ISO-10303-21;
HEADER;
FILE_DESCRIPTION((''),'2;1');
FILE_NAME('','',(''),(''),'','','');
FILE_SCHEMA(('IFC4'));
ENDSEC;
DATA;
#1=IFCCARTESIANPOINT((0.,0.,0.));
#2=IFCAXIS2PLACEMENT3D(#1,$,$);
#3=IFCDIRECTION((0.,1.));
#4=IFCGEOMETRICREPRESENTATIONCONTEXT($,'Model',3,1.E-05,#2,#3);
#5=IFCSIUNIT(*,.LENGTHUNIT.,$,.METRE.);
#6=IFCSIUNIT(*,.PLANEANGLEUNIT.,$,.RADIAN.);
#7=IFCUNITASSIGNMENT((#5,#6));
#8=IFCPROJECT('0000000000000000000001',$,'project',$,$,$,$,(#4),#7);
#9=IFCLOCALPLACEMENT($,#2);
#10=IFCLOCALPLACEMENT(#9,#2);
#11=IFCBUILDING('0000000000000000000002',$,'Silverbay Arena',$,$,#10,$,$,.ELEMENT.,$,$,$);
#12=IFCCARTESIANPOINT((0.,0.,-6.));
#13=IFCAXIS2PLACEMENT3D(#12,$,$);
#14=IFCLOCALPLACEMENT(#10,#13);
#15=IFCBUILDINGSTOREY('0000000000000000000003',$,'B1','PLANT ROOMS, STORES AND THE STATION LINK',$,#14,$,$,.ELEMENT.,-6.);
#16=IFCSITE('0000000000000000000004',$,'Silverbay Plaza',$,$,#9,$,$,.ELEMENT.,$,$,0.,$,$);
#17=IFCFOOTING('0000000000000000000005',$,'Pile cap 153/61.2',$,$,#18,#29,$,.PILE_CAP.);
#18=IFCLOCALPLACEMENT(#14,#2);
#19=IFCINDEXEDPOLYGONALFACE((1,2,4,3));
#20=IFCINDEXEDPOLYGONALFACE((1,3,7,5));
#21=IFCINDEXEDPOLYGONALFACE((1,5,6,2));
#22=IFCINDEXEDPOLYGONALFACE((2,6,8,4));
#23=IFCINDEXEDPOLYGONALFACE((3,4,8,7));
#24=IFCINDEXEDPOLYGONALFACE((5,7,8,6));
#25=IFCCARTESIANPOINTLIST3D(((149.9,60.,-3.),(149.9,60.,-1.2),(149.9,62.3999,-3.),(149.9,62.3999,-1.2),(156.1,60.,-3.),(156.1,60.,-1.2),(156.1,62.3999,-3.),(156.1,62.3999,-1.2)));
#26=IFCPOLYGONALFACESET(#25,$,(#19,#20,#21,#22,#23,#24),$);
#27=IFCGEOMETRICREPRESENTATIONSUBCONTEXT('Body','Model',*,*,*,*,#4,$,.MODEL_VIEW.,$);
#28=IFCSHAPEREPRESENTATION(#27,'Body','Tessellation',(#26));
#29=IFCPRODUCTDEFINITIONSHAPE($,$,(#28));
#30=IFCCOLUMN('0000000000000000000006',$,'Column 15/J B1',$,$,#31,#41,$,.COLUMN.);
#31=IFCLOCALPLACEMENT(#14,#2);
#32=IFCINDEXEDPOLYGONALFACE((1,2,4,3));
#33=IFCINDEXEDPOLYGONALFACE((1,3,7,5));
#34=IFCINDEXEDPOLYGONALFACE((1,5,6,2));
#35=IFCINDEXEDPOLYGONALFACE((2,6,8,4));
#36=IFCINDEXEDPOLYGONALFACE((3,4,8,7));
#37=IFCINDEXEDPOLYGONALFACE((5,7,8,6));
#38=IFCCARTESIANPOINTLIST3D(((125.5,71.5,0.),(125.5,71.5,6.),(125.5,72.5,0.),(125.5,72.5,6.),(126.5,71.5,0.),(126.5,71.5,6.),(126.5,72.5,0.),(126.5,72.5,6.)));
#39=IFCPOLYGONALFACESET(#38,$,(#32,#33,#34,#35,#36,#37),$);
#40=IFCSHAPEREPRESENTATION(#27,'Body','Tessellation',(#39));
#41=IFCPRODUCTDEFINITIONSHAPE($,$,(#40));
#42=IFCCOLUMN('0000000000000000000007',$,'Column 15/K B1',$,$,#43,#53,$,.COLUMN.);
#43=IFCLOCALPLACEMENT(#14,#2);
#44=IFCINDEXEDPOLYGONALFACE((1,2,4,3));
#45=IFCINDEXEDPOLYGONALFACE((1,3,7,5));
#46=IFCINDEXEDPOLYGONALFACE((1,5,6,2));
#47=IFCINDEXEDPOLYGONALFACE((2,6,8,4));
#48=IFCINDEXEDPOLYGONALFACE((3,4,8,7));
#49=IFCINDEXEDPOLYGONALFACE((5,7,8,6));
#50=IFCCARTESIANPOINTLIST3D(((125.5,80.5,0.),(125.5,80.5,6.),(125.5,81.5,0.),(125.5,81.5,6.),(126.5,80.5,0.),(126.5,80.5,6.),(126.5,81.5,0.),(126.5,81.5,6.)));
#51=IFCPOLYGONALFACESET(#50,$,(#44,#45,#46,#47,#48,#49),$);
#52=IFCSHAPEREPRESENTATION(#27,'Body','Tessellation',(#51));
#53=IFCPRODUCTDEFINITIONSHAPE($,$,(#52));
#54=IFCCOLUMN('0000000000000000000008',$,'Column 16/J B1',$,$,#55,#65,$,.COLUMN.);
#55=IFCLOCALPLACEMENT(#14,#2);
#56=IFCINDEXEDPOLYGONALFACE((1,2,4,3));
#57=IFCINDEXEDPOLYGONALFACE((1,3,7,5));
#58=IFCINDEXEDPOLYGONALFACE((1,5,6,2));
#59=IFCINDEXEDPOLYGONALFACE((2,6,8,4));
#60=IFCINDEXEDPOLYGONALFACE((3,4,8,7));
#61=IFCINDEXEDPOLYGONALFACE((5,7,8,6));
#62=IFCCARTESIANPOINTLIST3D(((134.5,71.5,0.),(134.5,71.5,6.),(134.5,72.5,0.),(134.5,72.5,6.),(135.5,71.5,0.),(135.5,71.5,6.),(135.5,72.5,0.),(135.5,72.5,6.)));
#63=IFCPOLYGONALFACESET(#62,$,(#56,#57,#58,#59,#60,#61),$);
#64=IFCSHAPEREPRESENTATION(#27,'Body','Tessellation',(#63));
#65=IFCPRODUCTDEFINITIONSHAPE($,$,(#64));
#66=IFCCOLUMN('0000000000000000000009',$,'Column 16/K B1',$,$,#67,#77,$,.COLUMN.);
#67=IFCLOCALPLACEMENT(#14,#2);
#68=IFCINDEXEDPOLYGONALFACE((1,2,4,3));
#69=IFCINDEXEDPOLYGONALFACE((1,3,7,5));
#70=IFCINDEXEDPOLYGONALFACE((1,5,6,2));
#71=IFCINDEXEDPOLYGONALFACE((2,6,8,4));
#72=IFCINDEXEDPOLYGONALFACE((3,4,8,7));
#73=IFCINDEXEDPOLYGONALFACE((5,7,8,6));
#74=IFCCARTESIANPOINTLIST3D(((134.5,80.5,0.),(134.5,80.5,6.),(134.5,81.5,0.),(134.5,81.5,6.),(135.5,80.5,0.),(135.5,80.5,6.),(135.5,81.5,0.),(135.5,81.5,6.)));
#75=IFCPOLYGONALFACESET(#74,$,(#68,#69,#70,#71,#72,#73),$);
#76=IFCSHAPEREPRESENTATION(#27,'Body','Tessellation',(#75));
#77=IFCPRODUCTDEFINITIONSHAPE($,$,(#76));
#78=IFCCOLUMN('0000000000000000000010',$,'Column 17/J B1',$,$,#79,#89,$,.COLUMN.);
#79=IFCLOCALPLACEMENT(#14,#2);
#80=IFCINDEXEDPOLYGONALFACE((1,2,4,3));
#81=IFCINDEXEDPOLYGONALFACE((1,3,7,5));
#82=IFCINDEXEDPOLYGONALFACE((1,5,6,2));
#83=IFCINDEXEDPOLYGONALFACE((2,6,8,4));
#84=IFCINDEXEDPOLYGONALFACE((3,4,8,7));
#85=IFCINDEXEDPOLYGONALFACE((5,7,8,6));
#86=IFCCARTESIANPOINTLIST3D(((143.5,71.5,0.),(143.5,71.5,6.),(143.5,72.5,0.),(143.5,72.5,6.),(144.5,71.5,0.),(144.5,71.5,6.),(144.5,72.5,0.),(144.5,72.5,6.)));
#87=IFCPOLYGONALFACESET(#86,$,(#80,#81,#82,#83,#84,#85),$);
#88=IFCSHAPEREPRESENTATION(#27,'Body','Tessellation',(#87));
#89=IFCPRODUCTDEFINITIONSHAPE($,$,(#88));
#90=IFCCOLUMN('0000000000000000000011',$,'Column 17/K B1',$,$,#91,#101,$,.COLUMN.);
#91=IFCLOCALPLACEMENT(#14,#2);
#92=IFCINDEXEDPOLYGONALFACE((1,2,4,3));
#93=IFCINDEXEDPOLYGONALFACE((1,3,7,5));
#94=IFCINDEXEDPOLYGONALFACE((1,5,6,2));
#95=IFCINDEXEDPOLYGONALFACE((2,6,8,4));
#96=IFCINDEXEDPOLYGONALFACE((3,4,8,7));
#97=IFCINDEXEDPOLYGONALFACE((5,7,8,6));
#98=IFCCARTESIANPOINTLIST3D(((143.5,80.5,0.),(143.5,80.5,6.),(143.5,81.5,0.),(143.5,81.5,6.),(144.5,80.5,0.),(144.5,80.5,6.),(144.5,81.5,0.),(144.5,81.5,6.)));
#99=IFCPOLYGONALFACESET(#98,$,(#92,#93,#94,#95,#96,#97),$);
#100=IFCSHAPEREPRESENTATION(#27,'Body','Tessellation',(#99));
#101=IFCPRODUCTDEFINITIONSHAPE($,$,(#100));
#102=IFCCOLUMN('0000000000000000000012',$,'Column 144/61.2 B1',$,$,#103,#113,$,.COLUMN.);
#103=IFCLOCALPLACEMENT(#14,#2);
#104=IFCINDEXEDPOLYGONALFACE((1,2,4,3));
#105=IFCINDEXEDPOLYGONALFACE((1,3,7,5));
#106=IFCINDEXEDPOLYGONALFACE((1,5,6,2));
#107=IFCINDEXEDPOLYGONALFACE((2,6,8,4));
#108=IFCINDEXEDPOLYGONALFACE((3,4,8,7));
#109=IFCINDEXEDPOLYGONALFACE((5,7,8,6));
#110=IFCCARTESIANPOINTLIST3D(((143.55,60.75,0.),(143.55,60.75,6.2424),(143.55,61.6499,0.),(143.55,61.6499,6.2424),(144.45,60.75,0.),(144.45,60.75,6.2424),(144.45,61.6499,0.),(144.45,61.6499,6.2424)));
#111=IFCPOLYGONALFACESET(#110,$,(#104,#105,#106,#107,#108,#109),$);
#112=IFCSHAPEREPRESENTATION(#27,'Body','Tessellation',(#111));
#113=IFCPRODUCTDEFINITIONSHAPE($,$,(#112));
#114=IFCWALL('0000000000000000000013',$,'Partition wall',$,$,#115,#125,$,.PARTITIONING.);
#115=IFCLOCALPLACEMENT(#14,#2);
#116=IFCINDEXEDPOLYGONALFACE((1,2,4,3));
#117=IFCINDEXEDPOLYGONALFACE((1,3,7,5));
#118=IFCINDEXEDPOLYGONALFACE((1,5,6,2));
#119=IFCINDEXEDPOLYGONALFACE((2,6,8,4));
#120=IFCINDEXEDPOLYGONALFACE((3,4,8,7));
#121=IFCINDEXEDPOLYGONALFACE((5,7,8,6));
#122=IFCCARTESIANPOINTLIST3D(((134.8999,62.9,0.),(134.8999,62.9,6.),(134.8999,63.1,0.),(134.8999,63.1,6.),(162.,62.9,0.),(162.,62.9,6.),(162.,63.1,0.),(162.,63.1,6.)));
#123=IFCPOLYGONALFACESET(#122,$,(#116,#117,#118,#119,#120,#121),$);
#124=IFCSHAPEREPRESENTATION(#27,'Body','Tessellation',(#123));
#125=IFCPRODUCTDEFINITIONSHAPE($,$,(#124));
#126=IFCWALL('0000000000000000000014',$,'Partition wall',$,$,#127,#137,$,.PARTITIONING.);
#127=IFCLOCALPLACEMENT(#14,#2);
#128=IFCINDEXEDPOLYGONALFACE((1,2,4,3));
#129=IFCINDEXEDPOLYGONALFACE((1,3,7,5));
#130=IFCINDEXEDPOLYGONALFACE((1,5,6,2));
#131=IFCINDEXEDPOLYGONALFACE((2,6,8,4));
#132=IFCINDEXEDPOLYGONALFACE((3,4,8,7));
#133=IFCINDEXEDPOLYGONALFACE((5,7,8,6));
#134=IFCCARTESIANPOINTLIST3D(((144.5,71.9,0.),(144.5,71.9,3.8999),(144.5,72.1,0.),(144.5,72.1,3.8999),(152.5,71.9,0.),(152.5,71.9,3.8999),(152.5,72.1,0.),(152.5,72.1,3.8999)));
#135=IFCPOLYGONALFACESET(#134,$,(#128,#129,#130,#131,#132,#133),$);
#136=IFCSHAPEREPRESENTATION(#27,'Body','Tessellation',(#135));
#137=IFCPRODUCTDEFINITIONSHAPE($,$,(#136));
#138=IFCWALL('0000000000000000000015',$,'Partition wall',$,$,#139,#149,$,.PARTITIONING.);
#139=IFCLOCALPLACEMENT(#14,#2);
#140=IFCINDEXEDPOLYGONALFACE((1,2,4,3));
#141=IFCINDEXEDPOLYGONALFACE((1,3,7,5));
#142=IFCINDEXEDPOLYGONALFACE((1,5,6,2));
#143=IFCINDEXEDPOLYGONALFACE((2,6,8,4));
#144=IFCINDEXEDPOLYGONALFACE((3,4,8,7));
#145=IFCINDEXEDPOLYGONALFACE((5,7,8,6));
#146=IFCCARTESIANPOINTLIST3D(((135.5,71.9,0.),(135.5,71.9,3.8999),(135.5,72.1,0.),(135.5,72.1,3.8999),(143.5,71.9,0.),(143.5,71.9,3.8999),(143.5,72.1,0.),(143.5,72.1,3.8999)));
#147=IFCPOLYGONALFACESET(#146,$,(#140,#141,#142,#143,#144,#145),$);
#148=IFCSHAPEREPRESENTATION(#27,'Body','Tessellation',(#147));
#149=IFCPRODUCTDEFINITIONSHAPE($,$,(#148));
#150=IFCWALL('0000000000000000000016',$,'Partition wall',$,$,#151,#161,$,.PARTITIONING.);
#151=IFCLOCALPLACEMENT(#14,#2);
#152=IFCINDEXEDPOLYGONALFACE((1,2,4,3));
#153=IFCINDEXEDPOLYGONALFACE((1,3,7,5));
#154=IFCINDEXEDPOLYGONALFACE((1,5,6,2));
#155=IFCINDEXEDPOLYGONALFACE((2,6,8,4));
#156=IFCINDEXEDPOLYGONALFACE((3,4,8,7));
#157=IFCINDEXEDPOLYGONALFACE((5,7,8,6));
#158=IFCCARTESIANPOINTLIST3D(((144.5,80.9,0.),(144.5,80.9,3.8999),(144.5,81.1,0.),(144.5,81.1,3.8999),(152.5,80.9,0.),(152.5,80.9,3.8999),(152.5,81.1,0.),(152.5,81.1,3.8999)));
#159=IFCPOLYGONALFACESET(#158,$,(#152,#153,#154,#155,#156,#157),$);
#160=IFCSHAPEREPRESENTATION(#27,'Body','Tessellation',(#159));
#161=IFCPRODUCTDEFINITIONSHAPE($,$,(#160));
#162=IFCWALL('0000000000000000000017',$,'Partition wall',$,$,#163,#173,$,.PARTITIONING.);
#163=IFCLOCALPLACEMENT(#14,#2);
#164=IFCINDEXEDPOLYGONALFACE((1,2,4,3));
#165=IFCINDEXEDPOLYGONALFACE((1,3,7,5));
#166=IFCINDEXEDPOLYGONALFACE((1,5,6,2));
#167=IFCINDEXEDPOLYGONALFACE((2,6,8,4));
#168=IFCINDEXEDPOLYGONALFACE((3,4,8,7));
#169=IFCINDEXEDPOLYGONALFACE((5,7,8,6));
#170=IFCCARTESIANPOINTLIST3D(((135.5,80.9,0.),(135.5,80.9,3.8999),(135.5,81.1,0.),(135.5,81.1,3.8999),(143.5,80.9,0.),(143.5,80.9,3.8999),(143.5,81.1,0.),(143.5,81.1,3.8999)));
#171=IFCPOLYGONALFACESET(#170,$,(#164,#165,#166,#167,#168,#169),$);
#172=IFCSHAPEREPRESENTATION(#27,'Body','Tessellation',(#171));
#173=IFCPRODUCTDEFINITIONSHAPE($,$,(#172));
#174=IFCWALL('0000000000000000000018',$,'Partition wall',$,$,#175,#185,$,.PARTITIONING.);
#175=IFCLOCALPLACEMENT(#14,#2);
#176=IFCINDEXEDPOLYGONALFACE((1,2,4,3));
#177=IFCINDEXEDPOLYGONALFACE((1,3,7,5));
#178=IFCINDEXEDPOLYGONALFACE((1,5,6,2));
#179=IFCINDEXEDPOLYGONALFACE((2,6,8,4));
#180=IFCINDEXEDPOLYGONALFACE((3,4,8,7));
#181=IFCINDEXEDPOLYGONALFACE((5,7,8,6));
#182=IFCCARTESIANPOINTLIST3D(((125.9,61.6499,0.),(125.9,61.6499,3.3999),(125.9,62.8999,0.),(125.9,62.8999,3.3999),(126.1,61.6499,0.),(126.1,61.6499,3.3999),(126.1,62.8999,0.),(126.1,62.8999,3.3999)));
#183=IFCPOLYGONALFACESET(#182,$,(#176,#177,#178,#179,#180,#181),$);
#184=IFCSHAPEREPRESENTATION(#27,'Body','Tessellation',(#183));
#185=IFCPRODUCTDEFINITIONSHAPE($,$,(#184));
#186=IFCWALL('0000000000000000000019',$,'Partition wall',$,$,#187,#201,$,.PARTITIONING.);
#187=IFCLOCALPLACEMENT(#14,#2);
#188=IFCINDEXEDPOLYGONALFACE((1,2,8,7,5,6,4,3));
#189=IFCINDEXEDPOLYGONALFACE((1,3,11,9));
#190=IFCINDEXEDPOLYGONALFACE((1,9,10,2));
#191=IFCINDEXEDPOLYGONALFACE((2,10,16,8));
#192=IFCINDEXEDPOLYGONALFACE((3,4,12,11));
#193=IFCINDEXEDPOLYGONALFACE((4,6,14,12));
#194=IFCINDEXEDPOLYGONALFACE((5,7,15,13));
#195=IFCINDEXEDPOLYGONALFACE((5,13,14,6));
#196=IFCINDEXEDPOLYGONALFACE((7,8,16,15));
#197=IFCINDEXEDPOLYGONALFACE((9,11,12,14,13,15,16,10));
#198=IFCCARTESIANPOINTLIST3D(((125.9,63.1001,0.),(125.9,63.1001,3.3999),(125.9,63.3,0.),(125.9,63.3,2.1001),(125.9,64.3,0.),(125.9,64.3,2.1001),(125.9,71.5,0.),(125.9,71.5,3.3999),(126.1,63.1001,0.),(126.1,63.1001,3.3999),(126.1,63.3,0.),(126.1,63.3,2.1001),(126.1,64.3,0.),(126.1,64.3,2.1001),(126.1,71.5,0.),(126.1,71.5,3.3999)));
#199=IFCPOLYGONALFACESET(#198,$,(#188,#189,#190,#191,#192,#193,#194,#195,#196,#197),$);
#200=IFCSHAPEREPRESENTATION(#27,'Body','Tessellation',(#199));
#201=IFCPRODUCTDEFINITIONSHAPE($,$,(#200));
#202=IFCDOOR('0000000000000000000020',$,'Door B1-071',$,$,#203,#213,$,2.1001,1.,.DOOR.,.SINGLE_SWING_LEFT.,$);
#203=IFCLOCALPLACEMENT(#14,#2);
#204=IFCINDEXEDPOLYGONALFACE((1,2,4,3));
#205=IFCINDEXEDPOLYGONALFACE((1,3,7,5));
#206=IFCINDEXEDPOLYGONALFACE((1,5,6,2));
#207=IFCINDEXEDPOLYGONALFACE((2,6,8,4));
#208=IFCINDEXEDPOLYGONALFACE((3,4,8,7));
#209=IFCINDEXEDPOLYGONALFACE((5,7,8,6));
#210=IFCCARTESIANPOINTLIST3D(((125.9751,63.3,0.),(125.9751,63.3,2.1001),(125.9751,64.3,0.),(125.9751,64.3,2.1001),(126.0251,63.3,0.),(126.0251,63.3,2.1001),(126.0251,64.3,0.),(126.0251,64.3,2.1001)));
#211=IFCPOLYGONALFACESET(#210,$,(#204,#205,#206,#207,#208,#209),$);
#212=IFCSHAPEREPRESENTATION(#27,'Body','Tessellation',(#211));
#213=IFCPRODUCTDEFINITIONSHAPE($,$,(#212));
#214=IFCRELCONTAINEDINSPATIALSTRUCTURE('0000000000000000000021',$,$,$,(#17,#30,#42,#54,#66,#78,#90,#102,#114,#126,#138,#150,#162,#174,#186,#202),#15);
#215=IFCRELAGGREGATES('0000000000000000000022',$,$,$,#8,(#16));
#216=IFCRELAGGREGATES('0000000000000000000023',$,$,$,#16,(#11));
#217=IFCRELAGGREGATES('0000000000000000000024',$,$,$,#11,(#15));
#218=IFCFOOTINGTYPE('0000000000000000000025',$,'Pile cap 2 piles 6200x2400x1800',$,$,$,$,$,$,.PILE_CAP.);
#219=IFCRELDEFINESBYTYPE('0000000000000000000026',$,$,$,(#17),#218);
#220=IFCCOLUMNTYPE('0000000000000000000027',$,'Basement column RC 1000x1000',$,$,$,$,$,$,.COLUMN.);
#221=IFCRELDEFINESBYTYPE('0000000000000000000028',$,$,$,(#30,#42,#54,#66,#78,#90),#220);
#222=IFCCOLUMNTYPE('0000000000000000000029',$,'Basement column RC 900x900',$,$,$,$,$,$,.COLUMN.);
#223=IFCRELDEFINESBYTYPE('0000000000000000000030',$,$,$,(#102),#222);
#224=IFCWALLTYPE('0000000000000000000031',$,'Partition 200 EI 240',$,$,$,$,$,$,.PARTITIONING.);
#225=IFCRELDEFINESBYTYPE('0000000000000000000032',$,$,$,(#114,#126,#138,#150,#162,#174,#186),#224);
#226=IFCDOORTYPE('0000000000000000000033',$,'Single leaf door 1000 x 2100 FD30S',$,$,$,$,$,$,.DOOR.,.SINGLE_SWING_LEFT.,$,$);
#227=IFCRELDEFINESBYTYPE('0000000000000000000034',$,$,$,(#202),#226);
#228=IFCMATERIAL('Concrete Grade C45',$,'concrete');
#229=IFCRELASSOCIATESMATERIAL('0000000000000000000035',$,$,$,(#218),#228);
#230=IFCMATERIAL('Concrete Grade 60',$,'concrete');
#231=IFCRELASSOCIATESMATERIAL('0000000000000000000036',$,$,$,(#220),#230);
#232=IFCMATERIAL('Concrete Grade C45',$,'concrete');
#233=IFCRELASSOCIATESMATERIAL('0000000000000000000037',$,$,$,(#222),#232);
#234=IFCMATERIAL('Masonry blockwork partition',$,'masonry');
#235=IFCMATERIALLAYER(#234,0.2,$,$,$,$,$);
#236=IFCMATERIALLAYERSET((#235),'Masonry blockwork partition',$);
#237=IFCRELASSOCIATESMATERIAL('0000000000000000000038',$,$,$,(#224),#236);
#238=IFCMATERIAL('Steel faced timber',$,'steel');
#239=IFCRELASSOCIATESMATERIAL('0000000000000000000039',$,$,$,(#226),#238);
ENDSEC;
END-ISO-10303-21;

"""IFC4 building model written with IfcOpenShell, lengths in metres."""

from ifc_helpers import new_model, si_unit, direction, frame, frame_2d, origin, origin_2d, place, context, subcontext, project, spatial, rectangle, extrude, material, layer, layer_set, material_profile, profile_set, type_object, element, fill, save


model = new_model("IFC4")

# Units and contexts
model_context = context("Model", 3, precision=1e-05, world=origin(), true_north=direction((0.0, 1.0)))
body_context = subcontext(model_context, "Body", "Model", "MODEL_VIEW")
ifc_project = project(units=[si_unit("LENGTHUNIT", "METRE"), si_unit("PLANEANGLEUNIT", "RADIAN")], contexts=[model_context])

# Site, building, storey
site_placement = place(None, origin())
site = spatial("IfcSite", under=ifc_project, at=site_placement, Name="Silverbay Plaza", CompositionType="ELEMENT", RefElevation=0.0)
building_placement = place(site_placement, origin())
building = spatial("IfcBuilding", under=site, at=building_placement, Name="Silverbay Arena", CompositionType="ELEMENT")
storey_placement = place(building_placement, frame((0.0, 0.0, -6.0)))
storey = spatial("IfcBuildingStorey", under=building, at=storey_placement, Name="B1", Description="PLANT ROOMS, STORES AND THE STATION LINK", CompositionType="ELEMENT", Elevation=-6.0)

# Footing
ifc_material_1 = material(Name="Concrete Grade C45", Category="concrete")
footing_type_1 = type_object("IfcFootingType", Name="Pile cap 2 piles 6200x2400x1800", PredefinedType="PILE_CAP", material=ifc_material_1)
footing_placement = place(storey_placement, frame((153.0, 61.2, -3.0), z_axis=(0.0, 0.0, 1.0), x_axis=(1.0, 0.0, 0.0)))
element("IfcFooting", 1, at=footing_placement, inside=storey, type_object=footing_type_1, Name="Pile cap 153/61.2", PredefinedType="PILE_CAP", context=body_context, shape_type="SweptSolid", body=[
    extrude(rectangle(XDim=6.2, YDim=2.3999, at=origin_2d()), origin(), (0.0, 0.0, 1.0), 1.8),
])

# Columns
ifc_material_2 = material(Name="Concrete Grade 60", Category="concrete")
ifc_material_profile_1 = material_profile(ifc_material_2, rectangle(XDim=1.0, YDim=1.0, at=origin_2d()), Name="RC 1000x1000")
ifc_profile_set_1 = profile_set([ifc_material_profile_1], Name="Concrete Grade 60")
column_type_1 = type_object("IfcColumnType", Name="Basement column RC 1000x1000", PredefinedType="COLUMN", material=ifc_profile_set_1)
for number, where, z_axis, x_axis, name in (
    (2, (126.0, 72.0, 0.0), (0.0, 0.0, 1.0), (1.0, 0.0, 0.0), "Column 15/J B1"),
    (3, (126.0, 81.0, 0.0), (0.0, 0.0, 1.0), (1.0, 0.0, 0.0), "Column 15/K B1"),
    (4, (135.0, 72.0, 0.0), (0.0, 0.0, 1.0), (1.0, 0.0, 0.0), "Column 16/J B1"),
    (5, (135.0, 81.0, 0.0), (0.0, 0.0, 1.0), (1.0, 0.0, 0.0), "Column 16/K B1"),
    (6, (144.0, 72.0, 0.0), (0.0, 0.0, 1.0), (1.0, 0.0, 0.0), "Column 17/J B1"),
    (7, (144.0, 81.0, 0.0), (0.0, 0.0, 1.0), (1.0, 0.0, 0.0), "Column 17/K B1"),
):
    element("IfcColumn", number, at=place(storey_placement, frame(where, z_axis=z_axis, x_axis=x_axis)), inside=storey, type_object=column_type_1, Name=name, PredefinedType="COLUMN", context=body_context, shape_type="SweptSolid", body=[
        extrude(rectangle(XDim=1.0, YDim=1.0, at=origin_2d()), origin(), (0.0, 0.0, 1.0), 6.0),
    ])
ifc_material_3 = material(Name="Concrete Grade C45", Category="concrete")
ifc_material_profile_2 = material_profile(ifc_material_3, rectangle(XDim=0.8999, YDim=0.8999, at=origin_2d()), Name="RC 900x900")
ifc_profile_set_2 = profile_set([ifc_material_profile_2], Name="Concrete Grade C45")
column_type_2 = type_object("IfcColumnType", Name="Basement column RC 900x900", PredefinedType="COLUMN", material=ifc_profile_set_2)
column_placement = place(storey_placement, frame((144.0, 61.2, 0.0), z_axis=(0.0, 0.0, 1.0), x_axis=(1.0, 0.0, 0.0)))
element("IfcColumn", 8, at=column_placement, inside=storey, type_object=column_type_2, Name="Column 144/61.2 B1", PredefinedType="COLUMN", context=body_context, shape_type="SweptSolid", body=[
    extrude(rectangle(XDim=0.8999, YDim=0.8999, at=origin_2d()), origin(), (0.0, 0.0, 1.0), 6.2424),
])

# Walls
ifc_material_4 = material(Name="Masonry blockwork partition", Category="masonry")
ifc_layer = layer(ifc_material_4, 0.2)
ifc_layer_set = layer_set([ifc_layer], Name="Masonry blockwork partition")
wall_type = type_object("IfcWallType", Name="Partition 200 EI 240", PredefinedType="PARTITIONING", material=ifc_layer_set)
wall_1_placement = place(storey_placement, frame((134.8999, 63.0, 0.0), z_axis=(0.0, 0.0, 1.0), x_axis=(1.0, 0.0, 0.0)))
element("IfcWall", 9, at=wall_1_placement, inside=storey, type_object=wall_type, Name="Partition wall", PredefinedType="PARTITIONING", context=body_context, shape_type="SweptSolid", body=[
    extrude(rectangle(XDim=27.1001, YDim=0.2, at=frame_2d((13.55, 0.0))), origin(), (0.0, 0.0, 1.0), 6.0),
])
for number, where, z_axis, x_axis, name in (
    (10, (144.5, 72.0, 0.0), (0.0, 0.0, 1.0), (1.0, 0.0, 0.0), "Partition wall"),
    (11, (135.5, 72.0, 0.0), (0.0, 0.0, 1.0), (1.0, 0.0, 0.0), "Partition wall"),
    (12, (144.5, 81.0, 0.0), (0.0, 0.0, 1.0), (1.0, 0.0, 0.0), "Partition wall"),
    (13, (135.5, 81.0, 0.0), (0.0, 0.0, 1.0), (1.0, 0.0, 0.0), "Partition wall"),
):
    element("IfcWall", number, at=place(storey_placement, frame(where, z_axis=z_axis, x_axis=x_axis)), inside=storey, type_object=wall_type, Name=name, PredefinedType="PARTITIONING", context=body_context, shape_type="SweptSolid", body=[
        extrude(rectangle(XDim=8.0, YDim=0.2, at=frame_2d((4.0, 0.0))), origin(), (0.0, 0.0, 1.0), 3.8999),
    ])
wall_2_placement = place(storey_placement, frame((126.0, 61.6499, 0.0), z_axis=(0.0, 0.0, 1.0), x_axis=(0.0, 1.0, 0.0)))
element("IfcWall", 14, at=wall_2_placement, inside=storey, type_object=wall_type, Name="Partition wall", PredefinedType="PARTITIONING", context=body_context, shape_type="SweptSolid", body=[
    extrude(rectangle(XDim=1.25, YDim=0.2, at=frame_2d((0.625, 0.0))), origin(), (0.0, 0.0, 1.0), 3.3999),
])

# Wall, opening, door
wall_3_placement = place(storey_placement, frame((126.0, 63.1001, 0.0), z_axis=(0.0, 0.0, 1.0), x_axis=(0.0, 1.0, 0.0)))
wall_3 = element("IfcWall", 15, at=wall_3_placement, inside=storey, type_object=wall_type, Name="Partition wall", PredefinedType="PARTITIONING", context=body_context, shape_type="SweptSolid", body=[
    extrude(rectangle(XDim=8.3999, YDim=0.2, at=frame_2d((4.2, 0.0))), origin(), (0.0, 0.0, 1.0), 3.3999),
])
opening_1_placement = place(wall_3_placement, frame((0.2, 0.0, 0.0)))
opening_1 = element("IfcOpeningElement", 16, at=opening_1_placement, cuts=wall_3, PredefinedType="OPENING", context=body_context, shape_type="SweptSolid", body=[
    extrude(rectangle(XDim=1.0, YDim=2.1001, at=frame_2d((0.5, 1.05))), frame((0.0, 0.1099, 0.0), z_axis=(0.0, -1.0, 0.0), x_axis=(1.0, 0.0, 0.0)), (0.0, 0.0, 1.0), 0.22),
])
ifc_material_5 = material(Name="Steel faced timber", Category="steel")
door_type = type_object("IfcDoorType", Name="Single leaf door 1000 x 2100 FD30S", OperationType="SINGLE_SWING_LEFT", PredefinedType="DOOR", material=ifc_material_5)
door_1_placement = place(opening_1_placement, origin())
door_1 = element("IfcDoor", 17, at=door_1_placement, inside=storey, type_object=door_type, Name="Door B1-071", OperationType="SINGLE_SWING_LEFT", OverallHeight=2.1001, OverallWidth=1.0, PredefinedType="DOOR", context=body_context, shape_type="SweptSolid", body=[
    extrude(rectangle(XDim=1.0, YDim=2.1001, at=frame_2d((0.5, 1.05))), frame((0.0, 0.0249, 0.0), z_axis=(0.0, -1.0, 0.0), x_axis=(1.0, 0.0, 0.0)), (0.0, 0.0, 1.0), 0.05),
])
fill(opening_1, door_1)

save(model, "model.ifc")
